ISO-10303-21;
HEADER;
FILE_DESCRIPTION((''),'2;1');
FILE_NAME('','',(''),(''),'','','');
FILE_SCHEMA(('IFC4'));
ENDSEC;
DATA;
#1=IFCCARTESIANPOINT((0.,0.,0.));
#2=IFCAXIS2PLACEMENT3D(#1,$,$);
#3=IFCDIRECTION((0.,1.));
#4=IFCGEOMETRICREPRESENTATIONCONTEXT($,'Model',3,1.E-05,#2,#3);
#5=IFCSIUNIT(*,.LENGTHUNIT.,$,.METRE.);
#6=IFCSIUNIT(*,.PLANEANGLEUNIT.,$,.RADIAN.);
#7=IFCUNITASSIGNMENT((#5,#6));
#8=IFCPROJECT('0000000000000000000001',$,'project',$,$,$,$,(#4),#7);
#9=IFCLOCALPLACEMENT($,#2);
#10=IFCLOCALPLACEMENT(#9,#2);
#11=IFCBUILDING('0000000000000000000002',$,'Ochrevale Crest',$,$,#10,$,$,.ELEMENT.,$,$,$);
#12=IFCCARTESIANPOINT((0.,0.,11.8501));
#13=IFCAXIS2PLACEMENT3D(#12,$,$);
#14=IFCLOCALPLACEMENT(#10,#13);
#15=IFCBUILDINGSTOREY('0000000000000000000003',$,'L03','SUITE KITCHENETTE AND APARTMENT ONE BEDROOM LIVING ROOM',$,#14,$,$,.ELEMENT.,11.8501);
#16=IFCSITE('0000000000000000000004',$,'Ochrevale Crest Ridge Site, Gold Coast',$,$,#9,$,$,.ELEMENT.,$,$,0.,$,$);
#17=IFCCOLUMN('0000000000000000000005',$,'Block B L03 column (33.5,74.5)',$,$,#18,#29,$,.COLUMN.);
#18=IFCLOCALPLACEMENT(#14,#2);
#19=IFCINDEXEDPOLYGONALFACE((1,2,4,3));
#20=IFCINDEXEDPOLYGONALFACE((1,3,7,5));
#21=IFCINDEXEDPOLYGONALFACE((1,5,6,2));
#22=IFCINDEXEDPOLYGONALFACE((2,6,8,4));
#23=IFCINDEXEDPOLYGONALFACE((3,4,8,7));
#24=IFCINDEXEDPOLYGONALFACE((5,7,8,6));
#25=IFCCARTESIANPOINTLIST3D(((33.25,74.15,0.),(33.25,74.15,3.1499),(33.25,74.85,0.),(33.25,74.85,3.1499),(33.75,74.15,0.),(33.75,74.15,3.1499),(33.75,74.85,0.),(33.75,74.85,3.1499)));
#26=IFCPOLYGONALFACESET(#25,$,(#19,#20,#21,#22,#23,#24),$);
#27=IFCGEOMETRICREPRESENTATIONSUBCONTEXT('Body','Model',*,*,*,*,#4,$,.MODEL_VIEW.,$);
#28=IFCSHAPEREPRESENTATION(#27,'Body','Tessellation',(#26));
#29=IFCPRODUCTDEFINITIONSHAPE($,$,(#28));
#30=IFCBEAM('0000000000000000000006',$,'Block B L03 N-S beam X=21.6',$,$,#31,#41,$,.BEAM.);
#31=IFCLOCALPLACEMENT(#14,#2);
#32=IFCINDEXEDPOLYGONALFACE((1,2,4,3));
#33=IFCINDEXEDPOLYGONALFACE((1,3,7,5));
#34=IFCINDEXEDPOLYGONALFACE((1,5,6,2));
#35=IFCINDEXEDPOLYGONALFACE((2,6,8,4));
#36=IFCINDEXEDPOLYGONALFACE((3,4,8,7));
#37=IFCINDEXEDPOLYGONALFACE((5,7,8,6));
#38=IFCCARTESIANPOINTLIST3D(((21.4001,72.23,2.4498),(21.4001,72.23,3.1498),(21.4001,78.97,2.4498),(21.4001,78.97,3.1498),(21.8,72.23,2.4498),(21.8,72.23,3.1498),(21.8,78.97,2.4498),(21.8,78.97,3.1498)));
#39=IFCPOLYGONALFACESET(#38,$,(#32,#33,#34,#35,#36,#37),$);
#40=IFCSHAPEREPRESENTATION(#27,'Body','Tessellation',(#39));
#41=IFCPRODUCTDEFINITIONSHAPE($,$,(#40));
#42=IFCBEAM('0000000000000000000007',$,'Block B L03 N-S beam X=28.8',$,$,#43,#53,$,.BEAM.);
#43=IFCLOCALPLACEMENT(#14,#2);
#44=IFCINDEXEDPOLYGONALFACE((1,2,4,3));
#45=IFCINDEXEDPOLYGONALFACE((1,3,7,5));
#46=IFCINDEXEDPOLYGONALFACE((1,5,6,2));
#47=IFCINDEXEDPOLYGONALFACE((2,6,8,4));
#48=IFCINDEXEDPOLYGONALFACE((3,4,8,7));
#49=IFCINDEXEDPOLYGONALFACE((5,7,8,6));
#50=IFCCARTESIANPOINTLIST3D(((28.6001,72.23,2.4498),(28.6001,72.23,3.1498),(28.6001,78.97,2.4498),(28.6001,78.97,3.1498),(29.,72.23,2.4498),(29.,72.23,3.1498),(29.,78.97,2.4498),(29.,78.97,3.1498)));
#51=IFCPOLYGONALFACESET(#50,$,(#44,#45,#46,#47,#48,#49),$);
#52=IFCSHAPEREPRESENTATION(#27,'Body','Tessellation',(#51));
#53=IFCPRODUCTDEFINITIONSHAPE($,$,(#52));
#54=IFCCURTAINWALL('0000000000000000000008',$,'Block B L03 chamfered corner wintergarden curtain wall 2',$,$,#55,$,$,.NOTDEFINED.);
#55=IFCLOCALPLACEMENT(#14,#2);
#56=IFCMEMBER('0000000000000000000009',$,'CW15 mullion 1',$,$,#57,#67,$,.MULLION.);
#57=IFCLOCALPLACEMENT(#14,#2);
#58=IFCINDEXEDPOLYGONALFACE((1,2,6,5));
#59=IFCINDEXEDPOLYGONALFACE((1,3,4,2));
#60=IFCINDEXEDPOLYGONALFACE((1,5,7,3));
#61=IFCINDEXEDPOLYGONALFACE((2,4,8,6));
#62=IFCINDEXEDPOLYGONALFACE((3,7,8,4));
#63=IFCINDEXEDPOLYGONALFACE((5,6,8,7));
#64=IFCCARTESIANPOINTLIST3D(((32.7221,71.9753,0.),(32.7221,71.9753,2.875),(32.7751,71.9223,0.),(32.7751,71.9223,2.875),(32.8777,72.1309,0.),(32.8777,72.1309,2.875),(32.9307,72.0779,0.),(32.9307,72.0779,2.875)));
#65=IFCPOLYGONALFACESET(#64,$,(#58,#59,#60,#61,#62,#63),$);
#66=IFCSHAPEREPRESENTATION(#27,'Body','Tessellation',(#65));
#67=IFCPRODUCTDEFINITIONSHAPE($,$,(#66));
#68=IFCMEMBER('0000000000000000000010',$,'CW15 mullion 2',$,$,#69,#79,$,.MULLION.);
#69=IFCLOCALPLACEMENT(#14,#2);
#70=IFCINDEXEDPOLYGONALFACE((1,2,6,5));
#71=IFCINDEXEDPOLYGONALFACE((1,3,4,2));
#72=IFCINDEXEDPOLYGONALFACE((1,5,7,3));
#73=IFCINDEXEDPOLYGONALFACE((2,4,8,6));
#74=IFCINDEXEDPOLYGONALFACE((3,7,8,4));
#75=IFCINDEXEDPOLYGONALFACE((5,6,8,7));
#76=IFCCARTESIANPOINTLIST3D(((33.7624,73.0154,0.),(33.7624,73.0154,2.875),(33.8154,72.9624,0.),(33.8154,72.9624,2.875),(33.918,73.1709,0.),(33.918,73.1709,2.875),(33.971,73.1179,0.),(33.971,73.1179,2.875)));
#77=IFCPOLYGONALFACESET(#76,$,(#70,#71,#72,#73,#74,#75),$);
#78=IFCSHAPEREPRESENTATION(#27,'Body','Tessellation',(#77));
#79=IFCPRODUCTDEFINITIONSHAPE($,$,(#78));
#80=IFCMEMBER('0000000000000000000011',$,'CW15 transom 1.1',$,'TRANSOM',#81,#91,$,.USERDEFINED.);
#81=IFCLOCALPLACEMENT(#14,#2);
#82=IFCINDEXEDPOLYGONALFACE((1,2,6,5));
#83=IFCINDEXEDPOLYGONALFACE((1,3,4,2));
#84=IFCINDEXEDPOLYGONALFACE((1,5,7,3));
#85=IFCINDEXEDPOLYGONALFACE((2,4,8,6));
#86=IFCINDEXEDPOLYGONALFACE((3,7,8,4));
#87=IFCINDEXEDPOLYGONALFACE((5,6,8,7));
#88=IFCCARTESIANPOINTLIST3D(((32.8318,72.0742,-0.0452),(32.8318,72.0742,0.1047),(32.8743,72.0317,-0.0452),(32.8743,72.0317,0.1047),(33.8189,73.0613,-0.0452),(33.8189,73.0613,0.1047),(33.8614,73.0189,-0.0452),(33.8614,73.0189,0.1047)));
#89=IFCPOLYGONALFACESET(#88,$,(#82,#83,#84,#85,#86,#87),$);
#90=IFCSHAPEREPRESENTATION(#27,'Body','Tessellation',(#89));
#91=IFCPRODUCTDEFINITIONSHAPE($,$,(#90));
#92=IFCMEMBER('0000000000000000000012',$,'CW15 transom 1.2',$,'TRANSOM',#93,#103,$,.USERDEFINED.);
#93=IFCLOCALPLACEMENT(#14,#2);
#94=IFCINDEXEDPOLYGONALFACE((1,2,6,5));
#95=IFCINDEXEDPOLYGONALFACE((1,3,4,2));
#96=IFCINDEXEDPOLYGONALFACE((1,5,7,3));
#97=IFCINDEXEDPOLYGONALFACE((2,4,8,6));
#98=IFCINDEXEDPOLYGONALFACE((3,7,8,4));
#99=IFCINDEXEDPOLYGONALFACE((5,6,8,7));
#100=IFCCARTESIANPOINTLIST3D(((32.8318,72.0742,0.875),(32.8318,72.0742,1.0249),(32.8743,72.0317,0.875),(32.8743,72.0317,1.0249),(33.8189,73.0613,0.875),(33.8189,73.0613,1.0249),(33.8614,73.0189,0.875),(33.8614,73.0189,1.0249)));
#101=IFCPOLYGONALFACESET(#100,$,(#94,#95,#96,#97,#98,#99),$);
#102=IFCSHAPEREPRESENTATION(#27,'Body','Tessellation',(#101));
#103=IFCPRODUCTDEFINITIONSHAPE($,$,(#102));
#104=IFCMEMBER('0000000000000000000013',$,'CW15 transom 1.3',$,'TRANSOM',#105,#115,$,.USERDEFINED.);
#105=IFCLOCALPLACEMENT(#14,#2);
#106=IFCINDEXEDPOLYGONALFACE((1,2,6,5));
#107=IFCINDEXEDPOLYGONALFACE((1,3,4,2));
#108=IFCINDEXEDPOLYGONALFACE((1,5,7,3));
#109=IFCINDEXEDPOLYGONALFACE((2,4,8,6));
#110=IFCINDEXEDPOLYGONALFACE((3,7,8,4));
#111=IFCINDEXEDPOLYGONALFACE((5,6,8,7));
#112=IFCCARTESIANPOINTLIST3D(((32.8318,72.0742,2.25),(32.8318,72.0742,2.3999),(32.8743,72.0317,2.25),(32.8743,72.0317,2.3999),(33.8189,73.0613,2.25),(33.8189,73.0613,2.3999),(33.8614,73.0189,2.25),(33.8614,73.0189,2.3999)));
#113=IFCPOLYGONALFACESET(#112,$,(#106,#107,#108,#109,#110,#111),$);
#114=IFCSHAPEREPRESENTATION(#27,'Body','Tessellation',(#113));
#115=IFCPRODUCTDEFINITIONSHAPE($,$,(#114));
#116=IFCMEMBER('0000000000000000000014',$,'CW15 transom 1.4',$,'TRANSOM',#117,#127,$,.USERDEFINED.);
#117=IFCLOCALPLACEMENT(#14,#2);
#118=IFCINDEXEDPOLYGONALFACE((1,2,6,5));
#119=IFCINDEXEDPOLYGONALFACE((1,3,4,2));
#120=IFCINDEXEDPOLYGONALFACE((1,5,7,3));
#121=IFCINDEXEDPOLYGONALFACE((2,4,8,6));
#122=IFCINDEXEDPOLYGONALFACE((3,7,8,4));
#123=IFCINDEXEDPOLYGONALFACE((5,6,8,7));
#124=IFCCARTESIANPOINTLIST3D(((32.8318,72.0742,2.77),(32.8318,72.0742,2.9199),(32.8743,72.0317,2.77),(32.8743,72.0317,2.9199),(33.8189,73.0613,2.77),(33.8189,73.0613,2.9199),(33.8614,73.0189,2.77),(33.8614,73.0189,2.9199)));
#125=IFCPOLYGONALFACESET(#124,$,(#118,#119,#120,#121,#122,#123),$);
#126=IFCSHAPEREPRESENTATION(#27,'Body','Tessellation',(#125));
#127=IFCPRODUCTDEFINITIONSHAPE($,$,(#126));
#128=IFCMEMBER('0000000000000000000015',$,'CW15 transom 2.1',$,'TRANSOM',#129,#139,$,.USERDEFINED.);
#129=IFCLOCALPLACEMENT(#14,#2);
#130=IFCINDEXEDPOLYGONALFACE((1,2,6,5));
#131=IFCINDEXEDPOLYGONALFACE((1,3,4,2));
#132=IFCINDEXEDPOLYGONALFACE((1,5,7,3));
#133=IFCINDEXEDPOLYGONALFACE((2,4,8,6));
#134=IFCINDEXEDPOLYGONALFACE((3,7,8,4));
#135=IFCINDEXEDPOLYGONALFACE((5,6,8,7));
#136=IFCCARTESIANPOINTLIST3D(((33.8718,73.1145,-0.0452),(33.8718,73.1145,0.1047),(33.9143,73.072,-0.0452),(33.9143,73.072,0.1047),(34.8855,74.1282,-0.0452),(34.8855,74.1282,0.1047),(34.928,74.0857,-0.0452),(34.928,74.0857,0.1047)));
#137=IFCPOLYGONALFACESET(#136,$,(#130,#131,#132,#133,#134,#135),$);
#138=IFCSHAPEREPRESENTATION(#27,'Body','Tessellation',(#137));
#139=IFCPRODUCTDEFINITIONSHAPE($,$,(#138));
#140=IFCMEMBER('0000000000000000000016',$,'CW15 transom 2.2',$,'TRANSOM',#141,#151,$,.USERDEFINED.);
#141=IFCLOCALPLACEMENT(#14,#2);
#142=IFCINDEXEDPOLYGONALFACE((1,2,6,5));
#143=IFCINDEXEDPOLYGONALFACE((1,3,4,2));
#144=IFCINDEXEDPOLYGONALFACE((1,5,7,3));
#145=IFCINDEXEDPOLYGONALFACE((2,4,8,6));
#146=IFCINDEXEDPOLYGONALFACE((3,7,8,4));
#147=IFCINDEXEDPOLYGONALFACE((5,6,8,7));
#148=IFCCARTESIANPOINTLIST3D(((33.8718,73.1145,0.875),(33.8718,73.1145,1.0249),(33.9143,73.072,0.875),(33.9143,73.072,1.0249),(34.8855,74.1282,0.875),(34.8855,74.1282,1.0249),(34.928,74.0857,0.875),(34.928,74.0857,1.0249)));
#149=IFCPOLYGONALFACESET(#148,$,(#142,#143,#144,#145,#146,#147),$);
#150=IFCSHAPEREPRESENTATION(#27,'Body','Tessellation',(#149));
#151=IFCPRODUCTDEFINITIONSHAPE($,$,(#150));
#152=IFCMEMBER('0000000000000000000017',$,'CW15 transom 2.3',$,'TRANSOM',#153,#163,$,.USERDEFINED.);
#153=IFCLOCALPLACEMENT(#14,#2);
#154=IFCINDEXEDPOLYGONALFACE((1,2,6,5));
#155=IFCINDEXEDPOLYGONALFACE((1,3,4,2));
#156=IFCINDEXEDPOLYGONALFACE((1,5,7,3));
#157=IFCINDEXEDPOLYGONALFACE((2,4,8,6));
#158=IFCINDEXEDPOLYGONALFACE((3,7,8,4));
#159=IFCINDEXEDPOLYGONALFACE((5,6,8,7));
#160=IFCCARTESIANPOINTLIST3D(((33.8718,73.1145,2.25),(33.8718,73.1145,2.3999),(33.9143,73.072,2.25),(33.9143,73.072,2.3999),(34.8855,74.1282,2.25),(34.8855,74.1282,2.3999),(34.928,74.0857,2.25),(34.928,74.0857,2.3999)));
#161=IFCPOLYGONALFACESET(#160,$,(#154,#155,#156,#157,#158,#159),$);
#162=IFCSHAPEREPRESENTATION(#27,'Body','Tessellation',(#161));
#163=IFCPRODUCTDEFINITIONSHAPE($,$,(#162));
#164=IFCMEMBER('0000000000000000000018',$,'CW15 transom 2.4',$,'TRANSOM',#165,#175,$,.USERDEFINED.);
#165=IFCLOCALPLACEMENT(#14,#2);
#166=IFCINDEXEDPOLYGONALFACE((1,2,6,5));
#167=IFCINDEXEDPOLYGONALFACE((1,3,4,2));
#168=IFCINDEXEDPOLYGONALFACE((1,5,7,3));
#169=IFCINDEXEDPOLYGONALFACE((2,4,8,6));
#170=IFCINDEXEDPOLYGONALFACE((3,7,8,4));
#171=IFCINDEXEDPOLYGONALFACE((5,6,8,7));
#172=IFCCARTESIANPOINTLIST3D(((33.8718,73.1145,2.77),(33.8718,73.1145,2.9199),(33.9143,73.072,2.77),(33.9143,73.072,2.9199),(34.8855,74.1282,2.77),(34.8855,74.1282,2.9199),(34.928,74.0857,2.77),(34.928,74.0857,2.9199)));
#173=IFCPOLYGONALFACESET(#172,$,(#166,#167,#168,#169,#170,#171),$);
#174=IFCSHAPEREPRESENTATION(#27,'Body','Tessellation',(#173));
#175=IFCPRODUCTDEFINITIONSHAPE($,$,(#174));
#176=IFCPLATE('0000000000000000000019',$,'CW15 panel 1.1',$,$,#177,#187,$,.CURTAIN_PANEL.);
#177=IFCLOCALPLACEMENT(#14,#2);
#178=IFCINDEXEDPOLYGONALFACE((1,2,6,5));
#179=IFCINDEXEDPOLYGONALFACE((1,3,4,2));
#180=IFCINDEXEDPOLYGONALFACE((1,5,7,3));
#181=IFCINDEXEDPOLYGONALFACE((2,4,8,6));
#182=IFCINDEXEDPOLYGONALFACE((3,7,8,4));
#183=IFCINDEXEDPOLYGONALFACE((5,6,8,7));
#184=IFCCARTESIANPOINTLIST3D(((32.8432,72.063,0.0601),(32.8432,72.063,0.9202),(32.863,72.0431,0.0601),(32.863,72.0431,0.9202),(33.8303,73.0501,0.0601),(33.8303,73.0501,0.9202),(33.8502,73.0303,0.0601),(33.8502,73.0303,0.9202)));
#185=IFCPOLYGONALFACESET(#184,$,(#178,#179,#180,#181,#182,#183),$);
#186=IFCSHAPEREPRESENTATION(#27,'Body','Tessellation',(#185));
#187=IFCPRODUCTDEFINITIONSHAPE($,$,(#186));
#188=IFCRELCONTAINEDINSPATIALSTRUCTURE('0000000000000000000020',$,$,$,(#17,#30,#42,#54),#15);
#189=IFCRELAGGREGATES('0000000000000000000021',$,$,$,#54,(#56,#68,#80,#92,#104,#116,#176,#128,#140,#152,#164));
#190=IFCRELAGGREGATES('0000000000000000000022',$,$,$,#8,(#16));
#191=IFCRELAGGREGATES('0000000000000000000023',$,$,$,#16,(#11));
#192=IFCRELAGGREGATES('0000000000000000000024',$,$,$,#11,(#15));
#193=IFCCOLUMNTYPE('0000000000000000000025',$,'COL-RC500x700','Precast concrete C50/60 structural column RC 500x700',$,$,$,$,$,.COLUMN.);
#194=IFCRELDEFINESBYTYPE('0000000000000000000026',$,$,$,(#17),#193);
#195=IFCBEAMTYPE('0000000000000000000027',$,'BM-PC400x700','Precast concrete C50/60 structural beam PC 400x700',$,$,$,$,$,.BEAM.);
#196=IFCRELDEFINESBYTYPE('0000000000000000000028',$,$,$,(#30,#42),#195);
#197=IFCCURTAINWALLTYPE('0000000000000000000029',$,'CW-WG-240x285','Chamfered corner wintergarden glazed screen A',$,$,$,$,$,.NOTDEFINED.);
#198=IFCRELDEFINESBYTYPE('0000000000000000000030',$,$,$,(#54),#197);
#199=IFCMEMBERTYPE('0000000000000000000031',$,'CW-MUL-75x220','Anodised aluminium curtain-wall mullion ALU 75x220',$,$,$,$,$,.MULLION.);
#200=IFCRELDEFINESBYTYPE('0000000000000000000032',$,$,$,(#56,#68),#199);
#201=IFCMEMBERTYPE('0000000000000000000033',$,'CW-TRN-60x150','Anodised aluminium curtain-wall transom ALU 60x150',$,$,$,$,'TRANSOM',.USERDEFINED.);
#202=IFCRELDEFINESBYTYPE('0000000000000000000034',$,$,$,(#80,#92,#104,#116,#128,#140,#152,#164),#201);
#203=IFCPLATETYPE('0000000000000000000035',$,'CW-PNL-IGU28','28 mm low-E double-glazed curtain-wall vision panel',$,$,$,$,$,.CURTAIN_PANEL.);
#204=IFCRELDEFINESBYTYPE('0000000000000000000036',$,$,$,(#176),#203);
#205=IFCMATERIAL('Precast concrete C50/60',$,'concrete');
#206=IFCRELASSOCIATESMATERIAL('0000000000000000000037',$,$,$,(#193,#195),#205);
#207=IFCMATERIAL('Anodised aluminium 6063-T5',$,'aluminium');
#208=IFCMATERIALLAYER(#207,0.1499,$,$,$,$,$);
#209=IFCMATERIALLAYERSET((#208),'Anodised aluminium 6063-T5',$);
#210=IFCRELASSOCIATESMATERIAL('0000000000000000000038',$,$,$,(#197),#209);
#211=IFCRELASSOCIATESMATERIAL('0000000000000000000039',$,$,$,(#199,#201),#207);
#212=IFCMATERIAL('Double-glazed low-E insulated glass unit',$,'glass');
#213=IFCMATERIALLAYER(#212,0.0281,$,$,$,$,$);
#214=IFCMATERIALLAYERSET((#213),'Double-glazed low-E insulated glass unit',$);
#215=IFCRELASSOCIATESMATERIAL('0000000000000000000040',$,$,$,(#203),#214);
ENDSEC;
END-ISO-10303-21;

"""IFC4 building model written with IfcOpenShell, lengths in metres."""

from ifc_helpers import new_model, si_unit, direction, frame, origin, origin_2d, place, context, subcontext, project, spatial, rectangle, extrude, material, layer, layer_set, material_profile, profile_set, type_object, element, aggregate, save


model = new_model("IFC4")

# Units and contexts
model_context = context("Model", 3, precision=1e-05, world=origin(), true_north=direction((0.0, 1.0)))
body_context = subcontext(model_context, "Body", "Model", "MODEL_VIEW")
ifc_project = project(units=[si_unit("LENGTHUNIT", "METRE"), si_unit("PLANEANGLEUNIT", "RADIAN")], contexts=[model_context])

# Site, building, storey
site_placement = place(None, origin())
site = spatial("IfcSite", under=ifc_project, at=site_placement, Name="Ochrevale Crest Ridge Site, Gold Coast", CompositionType="ELEMENT", RefElevation=0.0)
building_placement = place(site_placement, origin())
building = spatial("IfcBuilding", under=site, at=building_placement, Name="Ochrevale Crest", CompositionType="ELEMENT")
storey_placement = place(building_placement, frame((0.0, 0.0, 11.8501)))
storey = spatial("IfcBuildingStorey", under=building, at=storey_placement, Name="L03", Description="SUITE KITCHENETTE AND APARTMENT ONE BEDROOM LIVING ROOM", CompositionType="ELEMENT", Elevation=11.8501)

# Column
ifc_material_1 = material(Name="Precast concrete C50/60", Category="concrete")
ifc_material_profile_1 = material_profile(ifc_material_1, rectangle(XDim=0.5, YDim=0.7, at=origin_2d()), Name="RC 500x700")
ifc_profile_set_1 = profile_set([ifc_material_profile_1], Name="Precast concrete C50/60")
column_type = type_object("IfcColumnType", Name="COL-RC500x700", Description="Precast concrete C50/60 structural column RC 500x700", PredefinedType="COLUMN", material=ifc_profile_set_1)
column_placement = place(storey_placement, frame((33.5, 74.5, 0.0), z_axis=(0.0, 0.0, 1.0), x_axis=(1.0, 0.0, 0.0)))
element("IfcColumn", 1, at=column_placement, inside=storey, type_object=column_type, Name="Block B L03 column (33.5,74.5)", PredefinedType="COLUMN", context=body_context, shape_type="SweptSolid", body=[
    extrude(rectangle(XDim=0.5, YDim=0.7, at=origin_2d()), origin(), (0.0, 0.0, 1.0), 3.1499),
])

# Beams
ifc_material_profile_2 = material_profile(ifc_material_1, rectangle(XDim=0.3999, YDim=0.7, at=origin_2d()), Name="PC 400x700")
ifc_profile_set_2 = profile_set([ifc_material_profile_2], Name="Precast concrete C50/60")
beam_type = type_object("IfcBeamType", Name="BM-PC400x700", Description="Precast concrete C50/60 structural beam PC 400x700", PredefinedType="BEAM", material=ifc_profile_set_2)
for number, where, z_axis, x_axis, name in (
    (2, (21.6001, 72.23, 2.7998), (0.0, 1.0, 0.0), (-1.0, 0.0, 0.0), "Block B L03 N-S beam X=21.6"),
    (3, (28.8, 72.23, 2.7998), (0.0, 1.0, 0.0), (-1.0, 0.0, 0.0), "Block B L03 N-S beam X=28.8"),
):
    element("IfcBeam", number, at=place(storey_placement, frame(where, z_axis=z_axis, x_axis=x_axis)), inside=storey, type_object=beam_type, Name=name, PredefinedType="BEAM", context=body_context, shape_type="SweptSolid", body=[
        extrude(rectangle(XDim=0.3999, YDim=0.7, at=origin_2d()), origin(), (0.0, 0.0, 1.0), 6.74),
    ])

# Curtain wall, members, plate
ifc_material_2 = material(Name="Anodised aluminium 6063-T5", Category="aluminium")
ifc_layer_1 = layer(ifc_material_2, 0.1499)
ifc_layer_set_1 = layer_set([ifc_layer_1], Name="Anodised aluminium 6063-T5")
curtain_wall_type = type_object("IfcCurtainWallType", Name="CW-WG-240x285", Description="Chamfered corner wintergarden glazed screen A", PredefinedType="NOTDEFINED", material=ifc_layer_set_1)
curtain_wall_placement = place(storey_placement, origin())
curtain_wall = element("IfcCurtainWall", 4, at=curtain_wall_placement, inside=storey, type_object=curtain_wall_type, Name="Block B L03 chamfered corner wintergarden curtain wall 2", PredefinedType="NOTDEFINED")
ifc_material_profile_3 = material_profile(ifc_material_2, rectangle(XDim=0.075, YDim=0.22, at=origin_2d()), Name="ALU 75x220")
ifc_profile_set_3 = profile_set([ifc_material_profile_3], Name="Anodised aluminium 6063-T5")
member_type_1 = type_object("IfcMemberType", Name="CW-MUL-75x220", Description="Anodised aluminium curtain-wall mullion ALU 75x220", PredefinedType="MULLION", material=ifc_profile_set_3)
member_1_placement = place(storey_placement, frame((32.8264, 72.0266, 0.0), z_axis=(0.0, 0.0, 1.0), x_axis=(-0.707107, 0.707107, 0.0)))
member_1 = element("IfcMember", 5, at=member_1_placement, type_object=member_type_1, Name="CW15 mullion 1", PredefinedType="MULLION", context=body_context, shape_type="SweptSolid", body=[
    extrude(rectangle(XDim=0.075, YDim=0.22, at=origin_2d()), origin(), (0.0, 0.0, 1.0), 2.875),
])
member_2_placement = place(storey_placement, frame((33.8667, 73.0667, 0.0), z_axis=(0.0, 0.0, 1.0), x_axis=(-0.707107, 0.707107, 0.0)))
member_2 = element("IfcMember", 6, at=member_2_placement, type_object=member_type_1, Name="CW15 mullion 2", PredefinedType="MULLION", context=body_context, shape_type="SweptSolid", body=[
    extrude(rectangle(XDim=0.075, YDim=0.22, at=origin_2d()), origin(), (0.0, 0.0, 1.0), 2.875),
])
ifc_material_profile_4 = material_profile(ifc_material_2, rectangle(XDim=0.0601, YDim=0.1499, at=origin_2d()), Name="ALU 60x150")
ifc_profile_set_4 = profile_set([ifc_material_profile_4], Name="Anodised aluminium 6063-T5")
member_type_2 = type_object("IfcMemberType", Name="CW-TRN-60x150", Description="Anodised aluminium curtain-wall transom ALU 60x150", ElementType="TRANSOM", PredefinedType="USERDEFINED", material=ifc_profile_set_4)
member_3_placement = place(storey_placement, frame((32.853, 72.053, 0.0298), z_axis=(0.707107, 0.707107, 0.0), x_axis=(-0.707107, 0.707107, 0.0)))
member_3 = element("IfcMember", 7, at=member_3_placement, type_object=member_type_2, Name="CW15 transom 1.1", ObjectType="TRANSOM", PredefinedType="USERDEFINED", context=body_context, shape_type="SweptSolid", body=[
    extrude(rectangle(XDim=0.0601, YDim=0.1499, at=origin_2d()), origin(), (0.0, 0.0, 1.0), 1.396),
])
member_4_placement = place(storey_placement, frame((32.853, 72.053, 0.95), z_axis=(0.707107, 0.707107, 0.0), x_axis=(-0.707107, 0.707107, 0.0)))
member_4 = element("IfcMember", 8, at=member_4_placement, type_object=member_type_2, Name="CW15 transom 1.2", ObjectType="TRANSOM", PredefinedType="USERDEFINED", context=body_context, shape_type="SweptSolid", body=[
    extrude(rectangle(XDim=0.0601, YDim=0.1499, at=origin_2d()), origin(), (0.0, 0.0, 1.0), 1.396),
])
member_5_placement = place(storey_placement, frame((32.853, 72.053, 2.325), z_axis=(0.707107, 0.707107, 0.0), x_axis=(-0.707107, 0.707107, 0.0)))
member_5 = element("IfcMember", 9, at=member_5_placement, type_object=member_type_2, Name="CW15 transom 1.3", ObjectType="TRANSOM", PredefinedType="USERDEFINED", context=body_context, shape_type="SweptSolid", body=[
    extrude(rectangle(XDim=0.0601, YDim=0.1499, at=origin_2d()), origin(), (0.0, 0.0, 1.0), 1.396),
])
member_6_placement = place(storey_placement, frame((32.853, 72.053, 2.845), z_axis=(0.707107, 0.707107, 0.0), x_axis=(-0.707107, 0.707107, 0.0)))
member_6 = element("IfcMember", 10, at=member_6_placement, type_object=member_type_2, Name="CW15 transom 1.4", ObjectType="TRANSOM", PredefinedType="USERDEFINED", context=body_context, shape_type="SweptSolid", body=[
    extrude(rectangle(XDim=0.0601, YDim=0.1499, at=origin_2d()), origin(), (0.0, 0.0, 1.0), 1.396),
])
member_7_placement = place(storey_placement, frame((33.8931, 73.0933, 0.0298), z_axis=(0.707107, 0.707107, 0.0), x_axis=(-0.707107, 0.707107, 0.0)))
member_7 = element("IfcMember", 11, at=member_7_placement, type_object=member_type_2, Name="CW15 transom 2.1", ObjectType="TRANSOM", PredefinedType="USERDEFINED", context=body_context, shape_type="SweptSolid", body=[
    extrude(rectangle(XDim=0.0601, YDim=0.1499, at=origin_2d()), origin(), (0.0, 0.0, 1.0), 1.4336),
])
member_8_placement = place(storey_placement, frame((33.8931, 73.0933, 0.95), z_axis=(0.707107, 0.707107, 0.0), x_axis=(-0.707107, 0.707107, 0.0)))
member_8 = element("IfcMember", 12, at=member_8_placement, type_object=member_type_2, Name="CW15 transom 2.2", ObjectType="TRANSOM", PredefinedType="USERDEFINED", context=body_context, shape_type="SweptSolid", body=[
    extrude(rectangle(XDim=0.0601, YDim=0.1499, at=origin_2d()), origin(), (0.0, 0.0, 1.0), 1.4336),
])
member_9_placement = place(storey_placement, frame((33.8931, 73.0933, 2.325), z_axis=(0.707107, 0.707107, 0.0), x_axis=(-0.707107, 0.707107, 0.0)))
member_9 = element("IfcMember", 13, at=member_9_placement, type_object=member_type_2, Name="CW15 transom 2.3", ObjectType="TRANSOM", PredefinedType="USERDEFINED", context=body_context, shape_type="SweptSolid", body=[
    extrude(rectangle(XDim=0.0601, YDim=0.1499, at=origin_2d()), origin(), (0.0, 0.0, 1.0), 1.4336),
])
member_10_placement = place(storey_placement, frame((33.8931, 73.0933, 2.845), z_axis=(0.707107, 0.707107, 0.0), x_axis=(-0.707107, 0.707107, 0.0)))
member_10 = element("IfcMember", 14, at=member_10_placement, type_object=member_type_2, Name="CW15 transom 2.4", ObjectType="TRANSOM", PredefinedType="USERDEFINED", context=body_context, shape_type="SweptSolid", body=[
    extrude(rectangle(XDim=0.0601, YDim=0.1499, at=origin_2d()), origin(), (0.0, 0.0, 1.0), 1.4336),
])
ifc_material_3 = material(Name="Double-glazed low-E insulated glass unit", Category="glass")
ifc_layer_2 = layer(ifc_material_3, 0.0281)
ifc_layer_set_2 = layer_set([ifc_layer_2], Name="Double-glazed low-E insulated glass unit")
plate_type = type_object("IfcPlateType", Name="CW-PNL-IGU28", Description="28 mm low-E double-glazed curtain-wall vision panel", PredefinedType="CURTAIN_PANEL", material=ifc_layer_set_2)
plate_1_placement = place(storey_placement, frame((33.3467, 72.5466, 0.0601), z_axis=(0.0, 0.0, 1.0), x_axis=(0.707107, 0.707107, 0.0)))
plate_1 = element("IfcPlate", 15, at=plate_1_placement, type_object=plate_type, Name="CW15 panel 1.1", PredefinedType="CURTAIN_PANEL", context=body_context, shape_type="SweptSolid", body=[
    extrude(rectangle(XDim=1.396, YDim=0.0281, at=origin_2d()), origin(), (0.0, 0.0, 1.0), 0.8601),
])
aggregate(curtain_wall, [member_1, member_2, member_3, member_4, member_5, member_6, plate_1, member_7, member_8, member_9, member_10])

save(model, "model.ifc")
